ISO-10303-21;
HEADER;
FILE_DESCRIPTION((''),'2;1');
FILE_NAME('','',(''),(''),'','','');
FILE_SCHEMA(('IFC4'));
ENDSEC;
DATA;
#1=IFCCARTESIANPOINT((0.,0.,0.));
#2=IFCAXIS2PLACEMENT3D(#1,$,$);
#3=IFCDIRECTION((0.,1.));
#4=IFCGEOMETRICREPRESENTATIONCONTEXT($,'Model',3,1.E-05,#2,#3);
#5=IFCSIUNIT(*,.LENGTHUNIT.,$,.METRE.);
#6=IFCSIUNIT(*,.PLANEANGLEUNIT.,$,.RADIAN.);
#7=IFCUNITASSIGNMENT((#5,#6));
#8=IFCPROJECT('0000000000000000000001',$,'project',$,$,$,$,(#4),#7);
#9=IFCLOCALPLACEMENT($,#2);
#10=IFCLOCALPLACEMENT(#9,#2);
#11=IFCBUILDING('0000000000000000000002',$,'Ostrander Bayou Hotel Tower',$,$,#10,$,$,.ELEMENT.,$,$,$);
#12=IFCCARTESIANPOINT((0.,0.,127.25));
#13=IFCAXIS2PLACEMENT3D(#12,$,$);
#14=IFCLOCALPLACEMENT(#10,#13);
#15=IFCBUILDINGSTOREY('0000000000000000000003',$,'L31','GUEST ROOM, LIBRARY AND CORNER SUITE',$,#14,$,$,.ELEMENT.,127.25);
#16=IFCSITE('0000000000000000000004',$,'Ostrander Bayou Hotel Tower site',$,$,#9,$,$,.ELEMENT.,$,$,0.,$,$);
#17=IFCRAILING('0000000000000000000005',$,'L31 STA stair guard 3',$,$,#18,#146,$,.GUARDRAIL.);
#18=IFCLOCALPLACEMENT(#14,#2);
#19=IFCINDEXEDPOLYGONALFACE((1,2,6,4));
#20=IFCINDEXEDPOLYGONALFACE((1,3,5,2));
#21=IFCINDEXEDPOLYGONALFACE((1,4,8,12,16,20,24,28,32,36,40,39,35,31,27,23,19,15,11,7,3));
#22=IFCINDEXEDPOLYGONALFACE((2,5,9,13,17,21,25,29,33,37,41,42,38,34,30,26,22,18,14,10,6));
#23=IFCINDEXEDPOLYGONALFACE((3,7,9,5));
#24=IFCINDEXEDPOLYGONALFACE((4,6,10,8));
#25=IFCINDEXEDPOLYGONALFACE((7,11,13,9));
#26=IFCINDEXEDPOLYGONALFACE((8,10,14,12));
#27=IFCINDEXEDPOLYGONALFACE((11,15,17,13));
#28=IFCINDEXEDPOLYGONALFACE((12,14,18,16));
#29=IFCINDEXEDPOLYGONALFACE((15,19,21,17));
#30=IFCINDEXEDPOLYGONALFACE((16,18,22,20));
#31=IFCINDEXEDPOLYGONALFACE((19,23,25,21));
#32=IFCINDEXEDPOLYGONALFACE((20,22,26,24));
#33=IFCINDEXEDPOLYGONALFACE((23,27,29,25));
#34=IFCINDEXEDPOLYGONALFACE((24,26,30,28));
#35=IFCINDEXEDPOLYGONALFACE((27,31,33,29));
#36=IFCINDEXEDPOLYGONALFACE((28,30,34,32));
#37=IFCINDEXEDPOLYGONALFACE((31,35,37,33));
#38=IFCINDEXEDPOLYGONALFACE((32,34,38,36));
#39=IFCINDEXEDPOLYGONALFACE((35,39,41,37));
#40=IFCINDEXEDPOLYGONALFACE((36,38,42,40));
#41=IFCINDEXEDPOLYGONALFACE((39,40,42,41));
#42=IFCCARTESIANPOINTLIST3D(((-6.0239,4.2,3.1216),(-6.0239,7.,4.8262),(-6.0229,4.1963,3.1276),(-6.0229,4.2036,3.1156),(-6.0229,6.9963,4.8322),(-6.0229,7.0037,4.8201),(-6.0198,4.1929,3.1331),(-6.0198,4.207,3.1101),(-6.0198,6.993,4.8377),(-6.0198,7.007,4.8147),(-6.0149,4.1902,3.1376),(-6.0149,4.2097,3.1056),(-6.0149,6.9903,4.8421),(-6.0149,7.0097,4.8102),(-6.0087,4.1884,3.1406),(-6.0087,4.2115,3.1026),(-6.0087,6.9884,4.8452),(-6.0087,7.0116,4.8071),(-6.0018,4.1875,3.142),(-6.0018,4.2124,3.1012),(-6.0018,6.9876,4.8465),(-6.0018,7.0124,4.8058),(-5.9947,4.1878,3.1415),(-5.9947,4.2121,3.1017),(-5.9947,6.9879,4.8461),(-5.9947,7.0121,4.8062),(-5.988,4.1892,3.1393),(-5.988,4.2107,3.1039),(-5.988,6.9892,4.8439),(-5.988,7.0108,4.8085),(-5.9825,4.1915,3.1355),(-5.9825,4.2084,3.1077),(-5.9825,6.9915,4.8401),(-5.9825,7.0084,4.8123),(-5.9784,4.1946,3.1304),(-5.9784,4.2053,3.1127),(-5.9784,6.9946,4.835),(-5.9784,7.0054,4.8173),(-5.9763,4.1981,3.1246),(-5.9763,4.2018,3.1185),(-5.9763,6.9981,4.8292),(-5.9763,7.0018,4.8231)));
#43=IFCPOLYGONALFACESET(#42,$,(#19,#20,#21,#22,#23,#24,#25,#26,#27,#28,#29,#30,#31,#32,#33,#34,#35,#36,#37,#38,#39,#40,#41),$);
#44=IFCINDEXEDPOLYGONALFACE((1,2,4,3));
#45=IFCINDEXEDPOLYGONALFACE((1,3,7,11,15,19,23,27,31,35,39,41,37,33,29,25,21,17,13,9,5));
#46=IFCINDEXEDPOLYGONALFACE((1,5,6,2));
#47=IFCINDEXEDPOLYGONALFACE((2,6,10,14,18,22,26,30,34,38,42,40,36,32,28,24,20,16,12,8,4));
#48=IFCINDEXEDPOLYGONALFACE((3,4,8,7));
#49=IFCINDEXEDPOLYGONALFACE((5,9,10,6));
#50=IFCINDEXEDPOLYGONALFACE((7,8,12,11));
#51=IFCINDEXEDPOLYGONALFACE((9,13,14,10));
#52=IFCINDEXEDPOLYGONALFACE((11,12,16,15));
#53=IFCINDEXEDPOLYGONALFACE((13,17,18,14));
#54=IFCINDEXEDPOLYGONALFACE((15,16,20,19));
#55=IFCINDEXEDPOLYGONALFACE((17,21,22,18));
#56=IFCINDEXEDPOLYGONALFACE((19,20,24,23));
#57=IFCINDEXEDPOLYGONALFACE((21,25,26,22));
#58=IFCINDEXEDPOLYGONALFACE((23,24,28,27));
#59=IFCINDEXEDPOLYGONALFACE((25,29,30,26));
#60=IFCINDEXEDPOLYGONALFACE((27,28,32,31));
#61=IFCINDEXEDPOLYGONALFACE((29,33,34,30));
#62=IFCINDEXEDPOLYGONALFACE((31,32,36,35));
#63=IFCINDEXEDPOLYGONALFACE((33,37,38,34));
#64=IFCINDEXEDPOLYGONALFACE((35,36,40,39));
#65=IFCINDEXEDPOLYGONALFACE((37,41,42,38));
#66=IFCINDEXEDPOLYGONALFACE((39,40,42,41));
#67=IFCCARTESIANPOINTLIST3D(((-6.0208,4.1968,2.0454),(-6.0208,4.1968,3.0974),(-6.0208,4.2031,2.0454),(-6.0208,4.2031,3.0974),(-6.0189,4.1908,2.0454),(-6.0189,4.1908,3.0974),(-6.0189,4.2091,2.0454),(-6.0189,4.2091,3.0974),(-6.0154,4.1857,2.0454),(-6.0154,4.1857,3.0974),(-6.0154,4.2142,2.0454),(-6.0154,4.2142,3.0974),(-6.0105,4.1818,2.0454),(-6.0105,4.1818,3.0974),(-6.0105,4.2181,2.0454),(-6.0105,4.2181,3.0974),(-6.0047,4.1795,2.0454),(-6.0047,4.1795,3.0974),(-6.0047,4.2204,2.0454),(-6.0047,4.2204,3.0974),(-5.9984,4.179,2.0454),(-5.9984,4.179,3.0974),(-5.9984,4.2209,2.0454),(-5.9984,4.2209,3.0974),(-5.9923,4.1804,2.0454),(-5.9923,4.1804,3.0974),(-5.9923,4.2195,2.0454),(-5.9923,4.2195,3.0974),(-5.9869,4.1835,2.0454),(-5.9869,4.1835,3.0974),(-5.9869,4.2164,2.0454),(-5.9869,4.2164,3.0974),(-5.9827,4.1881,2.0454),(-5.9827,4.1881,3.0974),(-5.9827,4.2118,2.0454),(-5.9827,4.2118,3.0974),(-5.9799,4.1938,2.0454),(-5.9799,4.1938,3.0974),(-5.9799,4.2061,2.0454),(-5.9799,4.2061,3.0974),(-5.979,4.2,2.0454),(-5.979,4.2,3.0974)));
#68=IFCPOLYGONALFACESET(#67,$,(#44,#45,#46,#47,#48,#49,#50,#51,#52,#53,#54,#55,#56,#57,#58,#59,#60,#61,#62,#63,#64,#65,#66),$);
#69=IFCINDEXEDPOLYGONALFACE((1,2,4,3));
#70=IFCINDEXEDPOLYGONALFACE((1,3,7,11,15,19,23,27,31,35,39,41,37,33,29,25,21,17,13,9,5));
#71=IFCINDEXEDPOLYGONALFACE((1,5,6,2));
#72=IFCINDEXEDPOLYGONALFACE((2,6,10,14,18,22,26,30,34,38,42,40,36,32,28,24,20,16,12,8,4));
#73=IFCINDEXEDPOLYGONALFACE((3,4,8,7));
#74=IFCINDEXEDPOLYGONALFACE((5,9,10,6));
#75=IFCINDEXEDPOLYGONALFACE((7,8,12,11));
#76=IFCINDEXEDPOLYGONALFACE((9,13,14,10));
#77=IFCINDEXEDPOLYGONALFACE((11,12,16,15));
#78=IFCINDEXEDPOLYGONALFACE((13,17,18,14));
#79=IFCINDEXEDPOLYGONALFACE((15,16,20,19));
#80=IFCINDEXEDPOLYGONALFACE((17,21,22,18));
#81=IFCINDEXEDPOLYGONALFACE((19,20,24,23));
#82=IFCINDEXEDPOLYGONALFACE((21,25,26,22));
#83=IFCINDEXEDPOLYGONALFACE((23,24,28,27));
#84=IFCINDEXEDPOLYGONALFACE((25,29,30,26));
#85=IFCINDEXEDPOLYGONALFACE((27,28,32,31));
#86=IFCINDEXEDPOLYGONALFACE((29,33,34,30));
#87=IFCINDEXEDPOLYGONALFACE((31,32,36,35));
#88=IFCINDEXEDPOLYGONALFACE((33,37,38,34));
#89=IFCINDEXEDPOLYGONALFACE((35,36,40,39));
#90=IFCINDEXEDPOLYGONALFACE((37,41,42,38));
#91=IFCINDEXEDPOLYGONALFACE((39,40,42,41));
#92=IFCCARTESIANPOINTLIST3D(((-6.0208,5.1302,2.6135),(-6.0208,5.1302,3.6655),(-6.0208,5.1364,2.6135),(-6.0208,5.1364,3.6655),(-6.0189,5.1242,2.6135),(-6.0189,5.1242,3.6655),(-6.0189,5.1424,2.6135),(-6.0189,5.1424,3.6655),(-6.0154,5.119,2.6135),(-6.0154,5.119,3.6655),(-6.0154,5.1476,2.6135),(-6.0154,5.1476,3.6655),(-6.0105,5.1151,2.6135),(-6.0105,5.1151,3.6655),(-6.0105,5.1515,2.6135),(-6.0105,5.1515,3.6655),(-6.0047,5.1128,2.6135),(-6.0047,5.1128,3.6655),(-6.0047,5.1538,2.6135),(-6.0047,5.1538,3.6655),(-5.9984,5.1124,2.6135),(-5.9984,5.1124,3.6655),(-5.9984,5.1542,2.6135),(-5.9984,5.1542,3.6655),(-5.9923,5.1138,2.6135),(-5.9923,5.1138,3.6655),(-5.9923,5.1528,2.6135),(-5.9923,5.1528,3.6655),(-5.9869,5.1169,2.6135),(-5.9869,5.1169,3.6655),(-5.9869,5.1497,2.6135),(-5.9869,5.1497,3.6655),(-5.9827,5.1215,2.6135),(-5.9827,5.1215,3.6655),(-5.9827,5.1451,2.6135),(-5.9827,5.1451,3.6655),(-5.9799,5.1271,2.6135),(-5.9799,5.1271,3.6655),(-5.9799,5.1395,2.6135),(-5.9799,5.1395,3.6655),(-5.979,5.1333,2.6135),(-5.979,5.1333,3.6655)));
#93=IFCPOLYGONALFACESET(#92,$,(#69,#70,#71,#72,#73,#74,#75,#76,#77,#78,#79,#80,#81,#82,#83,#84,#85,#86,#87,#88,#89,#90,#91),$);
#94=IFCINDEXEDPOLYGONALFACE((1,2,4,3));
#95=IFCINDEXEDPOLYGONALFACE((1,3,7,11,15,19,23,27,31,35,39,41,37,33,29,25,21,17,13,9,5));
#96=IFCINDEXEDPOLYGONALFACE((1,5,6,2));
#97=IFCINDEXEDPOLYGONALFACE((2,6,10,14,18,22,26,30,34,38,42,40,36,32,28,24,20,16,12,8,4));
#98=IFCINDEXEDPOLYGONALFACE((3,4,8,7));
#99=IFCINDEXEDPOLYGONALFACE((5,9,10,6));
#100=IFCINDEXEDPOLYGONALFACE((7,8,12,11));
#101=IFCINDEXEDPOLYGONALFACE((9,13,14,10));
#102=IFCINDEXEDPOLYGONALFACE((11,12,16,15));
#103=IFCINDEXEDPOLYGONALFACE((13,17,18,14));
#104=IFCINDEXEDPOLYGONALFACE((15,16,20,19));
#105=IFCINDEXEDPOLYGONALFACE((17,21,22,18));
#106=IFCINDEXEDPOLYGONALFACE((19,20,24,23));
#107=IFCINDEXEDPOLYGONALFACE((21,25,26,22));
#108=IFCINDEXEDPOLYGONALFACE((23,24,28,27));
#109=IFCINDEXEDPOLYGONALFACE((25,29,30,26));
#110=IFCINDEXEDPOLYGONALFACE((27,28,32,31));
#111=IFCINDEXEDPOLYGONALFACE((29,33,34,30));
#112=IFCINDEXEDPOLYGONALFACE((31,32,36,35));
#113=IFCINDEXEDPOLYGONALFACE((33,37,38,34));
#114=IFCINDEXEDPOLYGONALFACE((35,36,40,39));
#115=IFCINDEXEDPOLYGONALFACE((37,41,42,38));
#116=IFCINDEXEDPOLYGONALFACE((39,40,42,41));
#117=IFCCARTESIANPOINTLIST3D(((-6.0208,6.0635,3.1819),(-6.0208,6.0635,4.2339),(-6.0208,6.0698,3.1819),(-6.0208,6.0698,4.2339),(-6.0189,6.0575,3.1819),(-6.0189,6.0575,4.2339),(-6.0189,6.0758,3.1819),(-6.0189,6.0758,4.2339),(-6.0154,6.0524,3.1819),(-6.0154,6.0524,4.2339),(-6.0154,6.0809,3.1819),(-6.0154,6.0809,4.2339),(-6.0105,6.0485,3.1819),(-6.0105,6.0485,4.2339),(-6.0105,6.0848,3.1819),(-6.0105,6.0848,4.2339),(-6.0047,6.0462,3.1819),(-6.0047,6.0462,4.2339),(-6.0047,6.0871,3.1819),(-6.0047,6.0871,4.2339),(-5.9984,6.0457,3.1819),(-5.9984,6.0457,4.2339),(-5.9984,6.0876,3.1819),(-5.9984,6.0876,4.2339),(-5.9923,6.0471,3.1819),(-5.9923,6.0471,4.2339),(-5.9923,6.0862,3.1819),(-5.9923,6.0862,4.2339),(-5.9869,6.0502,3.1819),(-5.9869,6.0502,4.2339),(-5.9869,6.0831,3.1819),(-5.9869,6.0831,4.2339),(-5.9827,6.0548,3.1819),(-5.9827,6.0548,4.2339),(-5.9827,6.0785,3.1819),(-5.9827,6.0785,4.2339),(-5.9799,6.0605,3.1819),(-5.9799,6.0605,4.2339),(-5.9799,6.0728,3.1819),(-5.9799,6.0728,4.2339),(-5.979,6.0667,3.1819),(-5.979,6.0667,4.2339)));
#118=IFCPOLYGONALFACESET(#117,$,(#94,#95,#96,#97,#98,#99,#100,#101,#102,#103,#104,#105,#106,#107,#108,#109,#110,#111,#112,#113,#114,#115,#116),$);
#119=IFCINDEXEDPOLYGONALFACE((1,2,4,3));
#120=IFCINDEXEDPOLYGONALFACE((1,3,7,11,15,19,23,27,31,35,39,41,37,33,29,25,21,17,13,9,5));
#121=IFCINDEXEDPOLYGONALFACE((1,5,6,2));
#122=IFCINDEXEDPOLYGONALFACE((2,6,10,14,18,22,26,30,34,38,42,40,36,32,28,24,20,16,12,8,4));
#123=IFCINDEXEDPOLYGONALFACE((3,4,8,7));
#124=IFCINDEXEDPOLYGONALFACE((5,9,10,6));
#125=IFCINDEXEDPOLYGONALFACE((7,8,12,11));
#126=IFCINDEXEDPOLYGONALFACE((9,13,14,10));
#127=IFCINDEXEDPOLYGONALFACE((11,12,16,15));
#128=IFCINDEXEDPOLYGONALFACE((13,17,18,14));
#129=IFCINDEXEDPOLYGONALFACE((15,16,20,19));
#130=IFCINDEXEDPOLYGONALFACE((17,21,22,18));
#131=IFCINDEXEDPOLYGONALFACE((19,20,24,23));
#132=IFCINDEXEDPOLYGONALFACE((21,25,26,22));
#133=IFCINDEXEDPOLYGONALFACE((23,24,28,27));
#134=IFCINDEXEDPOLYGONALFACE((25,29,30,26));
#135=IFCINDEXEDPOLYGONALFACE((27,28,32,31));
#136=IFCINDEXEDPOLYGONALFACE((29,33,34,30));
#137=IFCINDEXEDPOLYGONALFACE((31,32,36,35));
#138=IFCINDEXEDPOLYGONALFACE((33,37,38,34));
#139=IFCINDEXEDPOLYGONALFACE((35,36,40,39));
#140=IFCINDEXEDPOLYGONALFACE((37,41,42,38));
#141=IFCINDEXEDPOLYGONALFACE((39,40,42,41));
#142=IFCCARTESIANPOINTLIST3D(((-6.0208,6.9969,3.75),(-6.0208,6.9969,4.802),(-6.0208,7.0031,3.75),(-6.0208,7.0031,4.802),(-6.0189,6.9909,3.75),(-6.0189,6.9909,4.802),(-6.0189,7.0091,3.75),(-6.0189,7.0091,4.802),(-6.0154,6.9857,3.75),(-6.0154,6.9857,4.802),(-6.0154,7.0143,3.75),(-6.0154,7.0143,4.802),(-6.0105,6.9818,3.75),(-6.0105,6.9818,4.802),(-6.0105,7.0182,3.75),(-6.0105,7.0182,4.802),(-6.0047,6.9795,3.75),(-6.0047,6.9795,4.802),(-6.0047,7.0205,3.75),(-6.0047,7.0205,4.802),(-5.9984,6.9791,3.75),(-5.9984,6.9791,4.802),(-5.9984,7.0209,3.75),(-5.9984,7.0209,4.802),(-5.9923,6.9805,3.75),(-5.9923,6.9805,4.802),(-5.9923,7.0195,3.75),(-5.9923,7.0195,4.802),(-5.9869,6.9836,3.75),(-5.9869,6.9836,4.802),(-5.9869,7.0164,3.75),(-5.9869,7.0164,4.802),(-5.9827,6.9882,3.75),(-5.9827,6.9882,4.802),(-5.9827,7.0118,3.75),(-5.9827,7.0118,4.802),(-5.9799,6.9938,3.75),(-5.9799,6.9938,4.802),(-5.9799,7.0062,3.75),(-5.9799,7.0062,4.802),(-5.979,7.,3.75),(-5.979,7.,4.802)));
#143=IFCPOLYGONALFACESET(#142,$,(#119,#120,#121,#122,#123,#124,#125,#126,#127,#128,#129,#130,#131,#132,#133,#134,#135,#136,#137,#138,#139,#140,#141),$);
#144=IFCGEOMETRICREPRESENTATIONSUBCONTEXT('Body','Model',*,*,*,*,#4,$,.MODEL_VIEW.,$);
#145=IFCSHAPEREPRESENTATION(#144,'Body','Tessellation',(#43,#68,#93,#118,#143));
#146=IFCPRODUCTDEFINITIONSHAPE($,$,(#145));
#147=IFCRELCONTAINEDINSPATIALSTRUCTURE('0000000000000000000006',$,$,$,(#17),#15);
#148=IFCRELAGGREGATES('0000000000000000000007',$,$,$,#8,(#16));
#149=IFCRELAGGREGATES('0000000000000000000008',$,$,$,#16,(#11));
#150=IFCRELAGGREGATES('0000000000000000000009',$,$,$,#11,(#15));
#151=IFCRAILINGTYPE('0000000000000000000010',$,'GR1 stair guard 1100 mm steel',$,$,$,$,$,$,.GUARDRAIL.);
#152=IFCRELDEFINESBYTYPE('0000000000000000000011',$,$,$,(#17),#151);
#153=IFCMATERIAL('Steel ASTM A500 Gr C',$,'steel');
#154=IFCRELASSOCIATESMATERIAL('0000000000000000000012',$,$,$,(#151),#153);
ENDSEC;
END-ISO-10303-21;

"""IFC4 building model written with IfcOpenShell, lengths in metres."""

from ifc_helpers import new_model, si_unit, direction, frame, origin, origin_2d, place, context, subcontext, project, spatial, circle, extrude, material, type_object, element, save


model = new_model("IFC4")

# Units and contexts
model_context = context("Model", 3, precision=1e-05, world=origin(), true_north=direction((0.0, 1.0)))
body_context = subcontext(model_context, "Body", "Model", "MODEL_VIEW")
ifc_project = project(units=[si_unit("LENGTHUNIT", "METRE"), si_unit("PLANEANGLEUNIT", "RADIAN")], contexts=[model_context])

# Site, building, storey
site_placement = place(None, origin())
site = spatial("IfcSite", under=ifc_project, at=site_placement, Name="Ostrander Bayou Hotel Tower site", CompositionType="ELEMENT", RefElevation=0.0)
building_placement = place(site_placement, origin())
building = spatial("IfcBuilding", under=site, at=building_placement, Name="Ostrander Bayou Hotel Tower", CompositionType="ELEMENT")
storey_placement = place(building_placement, frame((0.0, 0.0, 127.25)))
storey = spatial("IfcBuildingStorey", under=building, at=storey_placement, Name="L31", Description="GUEST ROOM, LIBRARY AND CORNER SUITE", CompositionType="ELEMENT", Elevation=127.25)

# Railing
ifc_material_1 = material(Name="Steel ASTM A500 Gr C", Category="steel")
railing_type_1 = type_object("IfcRailingType", Name="GR1 stair guard 1100 mm steel", PredefinedType="GUARDRAIL", material=ifc_material_1)
railing_1_placement = place(storey_placement, frame((-6.0, 4.2, 2.0454)))
element("IfcRailing", 1, at=railing_1_placement, inside=storey, type_object=railing_type_1, Name="L31 STA stair guard 3", PredefinedType="GUARDRAIL", context=body_context, shape_type="SweptSolid", body=[
    extrude(circle(Radius=0.0239, at=origin_2d()), frame((0.0, 0.0, 1.0762), z_axis=(0.0, 0.85417, 0.519994), x_axis=(-1.0, 0.0, 0.0)), (0.0, 0.0, 1.0), 3.2781),
    extrude(circle(Radius=0.021, at=origin_2d()), origin(), (0.0, 0.0, 1.0), 1.052),
    extrude(circle(Radius=0.021, at=origin_2d()), frame((0.0, 0.9333, 0.5681)), (0.0, 0.0, 1.0), 1.052),
    extrude(circle(Radius=0.021, at=origin_2d()), frame((0.0, 1.8667, 1.1365)), (0.0, 0.0, 1.0), 1.052),
    extrude(circle(Radius=0.021, at=origin_2d()), frame((0.0, 2.8, 1.7046)), (0.0, 0.0, 1.0), 1.052),
])

save(model, "model.ifc")
